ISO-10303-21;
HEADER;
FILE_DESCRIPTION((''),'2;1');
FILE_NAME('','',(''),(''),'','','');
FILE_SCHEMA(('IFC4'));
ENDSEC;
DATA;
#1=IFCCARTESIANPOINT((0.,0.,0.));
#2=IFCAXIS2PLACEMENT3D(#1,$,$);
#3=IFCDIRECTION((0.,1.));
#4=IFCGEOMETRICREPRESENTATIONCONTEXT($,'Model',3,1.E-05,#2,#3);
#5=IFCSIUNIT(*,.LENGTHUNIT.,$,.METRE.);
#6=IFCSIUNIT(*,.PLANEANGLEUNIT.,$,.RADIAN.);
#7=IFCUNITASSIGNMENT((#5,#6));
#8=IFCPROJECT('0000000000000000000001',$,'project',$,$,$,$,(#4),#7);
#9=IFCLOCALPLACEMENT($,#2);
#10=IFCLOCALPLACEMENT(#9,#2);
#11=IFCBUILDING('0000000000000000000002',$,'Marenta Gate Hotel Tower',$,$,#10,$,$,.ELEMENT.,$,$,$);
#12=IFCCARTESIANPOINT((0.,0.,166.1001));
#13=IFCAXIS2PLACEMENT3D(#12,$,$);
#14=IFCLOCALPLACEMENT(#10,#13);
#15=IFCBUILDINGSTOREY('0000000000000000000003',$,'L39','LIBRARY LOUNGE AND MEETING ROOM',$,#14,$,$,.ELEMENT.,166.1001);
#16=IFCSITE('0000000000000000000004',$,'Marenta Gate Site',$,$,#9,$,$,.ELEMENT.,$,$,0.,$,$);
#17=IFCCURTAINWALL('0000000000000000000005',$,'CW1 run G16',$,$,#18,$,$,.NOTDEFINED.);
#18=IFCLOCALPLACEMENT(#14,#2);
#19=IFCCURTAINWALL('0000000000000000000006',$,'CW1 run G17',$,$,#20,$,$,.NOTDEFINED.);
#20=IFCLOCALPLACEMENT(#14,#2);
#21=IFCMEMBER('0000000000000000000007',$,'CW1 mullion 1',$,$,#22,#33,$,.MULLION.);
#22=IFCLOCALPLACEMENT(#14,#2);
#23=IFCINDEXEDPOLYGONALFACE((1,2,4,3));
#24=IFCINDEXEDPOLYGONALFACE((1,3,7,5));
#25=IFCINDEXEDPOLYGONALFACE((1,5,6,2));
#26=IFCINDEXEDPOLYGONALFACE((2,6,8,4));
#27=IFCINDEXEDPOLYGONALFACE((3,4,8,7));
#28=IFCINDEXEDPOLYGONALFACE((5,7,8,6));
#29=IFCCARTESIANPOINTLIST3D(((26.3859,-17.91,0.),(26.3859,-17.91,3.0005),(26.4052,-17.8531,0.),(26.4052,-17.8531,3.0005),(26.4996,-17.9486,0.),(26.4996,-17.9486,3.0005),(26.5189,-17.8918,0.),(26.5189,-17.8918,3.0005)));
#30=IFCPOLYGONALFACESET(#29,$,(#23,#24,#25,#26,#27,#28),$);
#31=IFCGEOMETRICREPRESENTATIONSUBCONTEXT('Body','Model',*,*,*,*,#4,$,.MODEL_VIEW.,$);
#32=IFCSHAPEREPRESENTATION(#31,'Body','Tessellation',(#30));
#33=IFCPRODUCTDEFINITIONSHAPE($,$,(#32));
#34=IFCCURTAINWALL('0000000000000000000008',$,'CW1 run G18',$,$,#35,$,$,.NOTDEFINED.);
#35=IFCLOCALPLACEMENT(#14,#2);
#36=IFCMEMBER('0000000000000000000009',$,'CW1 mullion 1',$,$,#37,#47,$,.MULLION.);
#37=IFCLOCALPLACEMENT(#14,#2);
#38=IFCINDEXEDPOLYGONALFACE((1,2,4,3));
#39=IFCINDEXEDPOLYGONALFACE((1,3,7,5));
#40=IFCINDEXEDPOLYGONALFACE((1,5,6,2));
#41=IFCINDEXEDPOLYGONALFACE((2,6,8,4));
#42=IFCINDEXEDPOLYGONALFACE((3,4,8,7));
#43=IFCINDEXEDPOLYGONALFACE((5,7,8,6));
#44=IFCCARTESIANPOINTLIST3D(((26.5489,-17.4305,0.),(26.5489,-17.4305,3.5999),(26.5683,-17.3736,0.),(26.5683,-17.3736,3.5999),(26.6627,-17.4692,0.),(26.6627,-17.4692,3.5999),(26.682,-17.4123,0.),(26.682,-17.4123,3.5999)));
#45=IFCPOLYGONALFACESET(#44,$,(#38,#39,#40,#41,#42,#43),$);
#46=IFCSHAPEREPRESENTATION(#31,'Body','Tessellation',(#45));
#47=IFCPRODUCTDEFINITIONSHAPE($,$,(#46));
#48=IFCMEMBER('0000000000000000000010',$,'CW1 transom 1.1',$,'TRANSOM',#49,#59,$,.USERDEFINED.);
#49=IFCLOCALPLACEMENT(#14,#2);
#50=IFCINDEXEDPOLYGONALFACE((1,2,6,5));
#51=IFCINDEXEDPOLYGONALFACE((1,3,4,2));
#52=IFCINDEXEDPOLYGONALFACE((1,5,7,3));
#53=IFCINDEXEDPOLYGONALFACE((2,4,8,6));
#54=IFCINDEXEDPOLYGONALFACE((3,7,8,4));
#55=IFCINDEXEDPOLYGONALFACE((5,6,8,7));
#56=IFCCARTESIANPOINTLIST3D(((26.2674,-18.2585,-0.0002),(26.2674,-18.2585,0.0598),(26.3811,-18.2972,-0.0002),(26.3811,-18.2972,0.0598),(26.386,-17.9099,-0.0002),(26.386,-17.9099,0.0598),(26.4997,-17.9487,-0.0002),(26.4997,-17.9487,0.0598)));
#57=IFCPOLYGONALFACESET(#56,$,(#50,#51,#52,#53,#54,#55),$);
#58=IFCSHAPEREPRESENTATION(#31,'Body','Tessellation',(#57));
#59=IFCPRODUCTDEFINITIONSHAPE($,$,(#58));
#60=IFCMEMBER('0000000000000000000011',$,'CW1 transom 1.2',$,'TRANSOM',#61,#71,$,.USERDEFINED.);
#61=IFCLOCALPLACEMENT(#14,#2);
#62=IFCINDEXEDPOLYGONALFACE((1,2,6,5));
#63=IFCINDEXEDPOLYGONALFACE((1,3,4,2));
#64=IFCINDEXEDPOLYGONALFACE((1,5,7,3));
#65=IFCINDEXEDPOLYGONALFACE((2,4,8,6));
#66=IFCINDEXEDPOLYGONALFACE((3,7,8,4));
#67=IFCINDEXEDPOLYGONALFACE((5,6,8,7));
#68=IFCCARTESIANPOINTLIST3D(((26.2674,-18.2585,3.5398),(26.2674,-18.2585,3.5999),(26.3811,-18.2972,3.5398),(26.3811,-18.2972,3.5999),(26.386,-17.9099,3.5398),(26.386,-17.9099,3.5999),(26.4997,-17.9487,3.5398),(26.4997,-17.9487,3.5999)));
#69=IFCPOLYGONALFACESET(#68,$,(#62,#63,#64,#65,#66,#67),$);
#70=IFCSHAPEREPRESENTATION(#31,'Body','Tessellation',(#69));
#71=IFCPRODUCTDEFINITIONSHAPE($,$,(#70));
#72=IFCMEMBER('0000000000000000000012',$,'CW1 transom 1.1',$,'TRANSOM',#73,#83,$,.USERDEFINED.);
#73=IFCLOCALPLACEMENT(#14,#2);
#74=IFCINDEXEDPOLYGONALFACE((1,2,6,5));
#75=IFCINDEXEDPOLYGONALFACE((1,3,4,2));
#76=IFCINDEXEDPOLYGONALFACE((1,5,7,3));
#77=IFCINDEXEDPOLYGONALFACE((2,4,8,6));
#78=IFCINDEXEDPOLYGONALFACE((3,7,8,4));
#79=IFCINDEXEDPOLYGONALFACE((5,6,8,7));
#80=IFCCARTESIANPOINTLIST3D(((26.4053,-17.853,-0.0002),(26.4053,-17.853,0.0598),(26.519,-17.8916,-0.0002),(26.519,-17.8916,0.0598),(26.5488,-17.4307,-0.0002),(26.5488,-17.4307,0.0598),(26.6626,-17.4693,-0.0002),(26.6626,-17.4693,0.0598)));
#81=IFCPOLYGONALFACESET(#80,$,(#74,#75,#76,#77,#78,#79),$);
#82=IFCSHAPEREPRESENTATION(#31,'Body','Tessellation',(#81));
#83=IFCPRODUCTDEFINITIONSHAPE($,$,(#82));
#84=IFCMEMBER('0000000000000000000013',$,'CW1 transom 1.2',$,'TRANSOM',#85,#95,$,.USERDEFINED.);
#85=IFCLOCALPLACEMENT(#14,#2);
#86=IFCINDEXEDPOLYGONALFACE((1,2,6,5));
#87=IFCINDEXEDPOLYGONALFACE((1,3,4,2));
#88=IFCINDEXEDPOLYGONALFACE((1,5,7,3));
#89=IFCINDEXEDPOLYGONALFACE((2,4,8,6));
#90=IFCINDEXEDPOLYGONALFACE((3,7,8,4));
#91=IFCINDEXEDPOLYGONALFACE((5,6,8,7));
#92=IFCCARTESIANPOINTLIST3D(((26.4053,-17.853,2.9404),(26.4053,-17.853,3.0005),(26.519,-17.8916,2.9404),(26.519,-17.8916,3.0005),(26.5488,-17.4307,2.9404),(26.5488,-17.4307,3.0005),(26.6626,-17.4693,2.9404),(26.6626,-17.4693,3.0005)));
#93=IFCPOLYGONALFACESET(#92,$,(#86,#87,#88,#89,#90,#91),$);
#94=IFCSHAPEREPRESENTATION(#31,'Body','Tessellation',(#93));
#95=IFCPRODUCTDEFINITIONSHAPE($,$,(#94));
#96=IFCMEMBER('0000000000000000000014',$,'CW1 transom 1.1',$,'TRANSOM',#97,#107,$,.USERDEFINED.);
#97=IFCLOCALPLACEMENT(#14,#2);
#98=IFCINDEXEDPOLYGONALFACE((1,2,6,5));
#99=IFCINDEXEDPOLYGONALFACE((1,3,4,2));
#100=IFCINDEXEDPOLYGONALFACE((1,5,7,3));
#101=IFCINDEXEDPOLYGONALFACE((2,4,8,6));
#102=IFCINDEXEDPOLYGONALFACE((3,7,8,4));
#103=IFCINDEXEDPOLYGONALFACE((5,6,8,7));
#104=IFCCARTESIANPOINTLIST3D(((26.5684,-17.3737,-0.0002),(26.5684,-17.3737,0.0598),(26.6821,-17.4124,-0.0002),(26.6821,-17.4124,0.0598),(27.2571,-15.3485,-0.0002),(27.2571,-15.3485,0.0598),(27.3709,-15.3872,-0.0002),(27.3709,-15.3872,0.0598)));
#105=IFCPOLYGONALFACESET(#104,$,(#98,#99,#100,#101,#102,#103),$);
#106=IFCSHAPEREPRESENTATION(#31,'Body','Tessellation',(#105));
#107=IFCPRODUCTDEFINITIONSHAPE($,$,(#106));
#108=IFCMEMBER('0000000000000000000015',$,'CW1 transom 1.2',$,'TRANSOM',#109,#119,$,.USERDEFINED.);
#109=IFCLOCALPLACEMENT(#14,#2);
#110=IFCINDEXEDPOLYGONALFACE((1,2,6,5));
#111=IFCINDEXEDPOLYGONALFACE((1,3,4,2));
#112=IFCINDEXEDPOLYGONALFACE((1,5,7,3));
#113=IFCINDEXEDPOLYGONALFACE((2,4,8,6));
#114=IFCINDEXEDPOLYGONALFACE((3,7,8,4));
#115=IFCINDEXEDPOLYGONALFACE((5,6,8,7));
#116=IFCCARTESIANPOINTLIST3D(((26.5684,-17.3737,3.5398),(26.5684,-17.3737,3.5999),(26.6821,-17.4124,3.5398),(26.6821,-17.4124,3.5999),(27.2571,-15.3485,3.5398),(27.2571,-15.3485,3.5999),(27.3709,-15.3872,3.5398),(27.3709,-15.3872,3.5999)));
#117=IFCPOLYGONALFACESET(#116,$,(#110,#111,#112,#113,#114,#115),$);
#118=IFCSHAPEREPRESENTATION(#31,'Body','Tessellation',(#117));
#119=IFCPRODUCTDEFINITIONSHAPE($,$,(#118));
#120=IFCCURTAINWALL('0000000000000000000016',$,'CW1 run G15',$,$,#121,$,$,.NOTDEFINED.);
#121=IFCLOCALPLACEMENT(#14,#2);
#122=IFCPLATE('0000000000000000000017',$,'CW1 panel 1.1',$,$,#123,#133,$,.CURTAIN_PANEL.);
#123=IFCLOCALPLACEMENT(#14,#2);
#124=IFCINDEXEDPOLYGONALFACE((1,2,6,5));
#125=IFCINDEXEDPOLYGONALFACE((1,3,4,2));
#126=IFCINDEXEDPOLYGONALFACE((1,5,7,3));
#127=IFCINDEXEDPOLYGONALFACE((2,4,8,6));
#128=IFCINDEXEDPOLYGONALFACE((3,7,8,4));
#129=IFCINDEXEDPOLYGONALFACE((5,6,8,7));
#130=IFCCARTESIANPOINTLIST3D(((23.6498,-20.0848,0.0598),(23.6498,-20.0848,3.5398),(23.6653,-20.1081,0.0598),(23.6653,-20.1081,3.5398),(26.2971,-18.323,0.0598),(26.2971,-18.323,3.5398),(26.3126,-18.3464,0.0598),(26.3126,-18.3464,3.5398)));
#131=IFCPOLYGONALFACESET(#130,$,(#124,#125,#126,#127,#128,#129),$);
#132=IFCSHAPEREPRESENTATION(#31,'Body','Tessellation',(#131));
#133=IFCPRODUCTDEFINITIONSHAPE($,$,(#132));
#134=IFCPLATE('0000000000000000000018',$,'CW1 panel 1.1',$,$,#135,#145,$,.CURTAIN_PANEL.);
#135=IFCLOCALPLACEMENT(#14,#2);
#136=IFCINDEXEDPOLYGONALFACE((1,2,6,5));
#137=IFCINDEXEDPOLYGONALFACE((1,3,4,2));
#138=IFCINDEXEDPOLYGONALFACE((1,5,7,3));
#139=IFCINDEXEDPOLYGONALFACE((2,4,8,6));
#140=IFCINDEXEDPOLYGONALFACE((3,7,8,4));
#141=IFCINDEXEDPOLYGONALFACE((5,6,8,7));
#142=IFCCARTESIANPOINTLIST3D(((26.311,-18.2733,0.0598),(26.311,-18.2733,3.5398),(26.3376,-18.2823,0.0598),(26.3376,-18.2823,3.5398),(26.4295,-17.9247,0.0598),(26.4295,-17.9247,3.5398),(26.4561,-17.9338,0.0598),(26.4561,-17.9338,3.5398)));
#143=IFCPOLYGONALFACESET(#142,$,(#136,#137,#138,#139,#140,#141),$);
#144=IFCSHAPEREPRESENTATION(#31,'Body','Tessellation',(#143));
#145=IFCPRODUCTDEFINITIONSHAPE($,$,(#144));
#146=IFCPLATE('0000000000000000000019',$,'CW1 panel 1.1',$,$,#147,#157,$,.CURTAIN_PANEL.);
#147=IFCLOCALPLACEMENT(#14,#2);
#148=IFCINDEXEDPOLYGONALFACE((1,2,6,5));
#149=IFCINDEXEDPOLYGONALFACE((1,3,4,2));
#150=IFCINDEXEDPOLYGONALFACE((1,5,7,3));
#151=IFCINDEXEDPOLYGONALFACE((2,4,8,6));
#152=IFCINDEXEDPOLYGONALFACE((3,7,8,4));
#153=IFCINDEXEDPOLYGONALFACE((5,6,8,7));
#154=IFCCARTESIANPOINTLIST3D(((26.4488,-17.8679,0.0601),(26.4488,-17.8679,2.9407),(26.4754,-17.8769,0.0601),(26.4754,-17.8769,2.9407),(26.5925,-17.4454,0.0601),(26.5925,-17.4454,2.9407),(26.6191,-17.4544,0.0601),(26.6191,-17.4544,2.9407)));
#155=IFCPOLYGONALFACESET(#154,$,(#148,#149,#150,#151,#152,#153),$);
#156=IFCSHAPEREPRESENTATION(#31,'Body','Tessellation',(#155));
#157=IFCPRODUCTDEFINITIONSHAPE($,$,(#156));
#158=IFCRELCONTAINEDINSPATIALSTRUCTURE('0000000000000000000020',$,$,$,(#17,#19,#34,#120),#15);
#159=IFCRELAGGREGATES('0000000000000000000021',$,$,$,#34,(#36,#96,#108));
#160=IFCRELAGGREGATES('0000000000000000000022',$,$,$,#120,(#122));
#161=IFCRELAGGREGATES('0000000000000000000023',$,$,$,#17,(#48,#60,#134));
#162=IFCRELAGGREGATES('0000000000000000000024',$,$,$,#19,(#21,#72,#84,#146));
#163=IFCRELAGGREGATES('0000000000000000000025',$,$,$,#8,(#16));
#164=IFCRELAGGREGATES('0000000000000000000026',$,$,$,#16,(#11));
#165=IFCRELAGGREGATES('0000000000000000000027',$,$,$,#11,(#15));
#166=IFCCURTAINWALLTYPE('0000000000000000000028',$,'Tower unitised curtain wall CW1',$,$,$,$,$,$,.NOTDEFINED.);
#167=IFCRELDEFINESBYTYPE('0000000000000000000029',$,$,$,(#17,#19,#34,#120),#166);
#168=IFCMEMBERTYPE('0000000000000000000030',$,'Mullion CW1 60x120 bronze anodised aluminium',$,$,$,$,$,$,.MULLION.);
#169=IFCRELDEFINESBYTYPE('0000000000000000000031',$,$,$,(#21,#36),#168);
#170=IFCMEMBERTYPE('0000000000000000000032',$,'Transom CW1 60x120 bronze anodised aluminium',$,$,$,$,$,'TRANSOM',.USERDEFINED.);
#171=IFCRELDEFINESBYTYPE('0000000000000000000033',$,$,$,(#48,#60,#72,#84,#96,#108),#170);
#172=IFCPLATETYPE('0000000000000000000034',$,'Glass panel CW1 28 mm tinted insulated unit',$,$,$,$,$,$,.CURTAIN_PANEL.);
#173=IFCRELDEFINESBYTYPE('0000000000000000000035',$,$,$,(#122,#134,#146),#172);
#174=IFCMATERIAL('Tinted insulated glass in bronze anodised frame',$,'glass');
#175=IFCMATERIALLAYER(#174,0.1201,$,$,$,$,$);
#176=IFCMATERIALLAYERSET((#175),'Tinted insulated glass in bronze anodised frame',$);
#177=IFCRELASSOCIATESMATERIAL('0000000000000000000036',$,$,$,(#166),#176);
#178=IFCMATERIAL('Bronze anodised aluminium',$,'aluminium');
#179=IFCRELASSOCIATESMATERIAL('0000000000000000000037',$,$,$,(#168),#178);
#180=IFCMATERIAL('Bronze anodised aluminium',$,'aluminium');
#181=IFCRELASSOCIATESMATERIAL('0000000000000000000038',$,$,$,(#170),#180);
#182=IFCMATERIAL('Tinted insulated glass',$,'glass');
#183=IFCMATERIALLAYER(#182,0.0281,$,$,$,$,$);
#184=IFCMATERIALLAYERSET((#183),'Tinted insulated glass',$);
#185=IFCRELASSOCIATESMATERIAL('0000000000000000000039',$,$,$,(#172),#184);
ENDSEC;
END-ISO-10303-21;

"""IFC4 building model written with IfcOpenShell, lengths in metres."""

from ifc_helpers import new_model, si_unit, direction, frame, origin, origin_2d, place, context, subcontext, project, spatial, rectangle, extrude, material, layer, layer_set, material_profile, profile_set, type_object, element, aggregate, save


model = new_model("IFC4")

# Units and contexts
model_context = context("Model", 3, precision=1e-05, world=origin(), true_north=direction((0.0, 1.0)))
body_context = subcontext(model_context, "Body", "Model", "MODEL_VIEW")
ifc_project = project(units=[si_unit("LENGTHUNIT", "METRE"), si_unit("PLANEANGLEUNIT", "RADIAN")], contexts=[model_context])

# Site, building, storey
site_placement = place(None, origin())
site = spatial("IfcSite", under=ifc_project, at=site_placement, Name="Marenta Gate Site", CompositionType="ELEMENT", RefElevation=0.0)
building_placement = place(site_placement, origin())
building = spatial("IfcBuilding", under=site, at=building_placement, Name="Marenta Gate Hotel Tower", CompositionType="ELEMENT")
storey_placement = place(building_placement, frame((0.0, 0.0, 166.1001)))
storey = spatial("IfcBuildingStorey", under=building, at=storey_placement, Name="L39", Description="LIBRARY LOUNGE AND MEETING ROOM", CompositionType="ELEMENT", Elevation=166.1001)

# Curtain walls, members
ifc_material_1 = material(Name="Tinted insulated glass in bronze anodised frame", Category="glass")
ifc_layer_1 = layer(ifc_material_1, 0.1201)
ifc_layer_set_1 = layer_set([ifc_layer_1], Name="Tinted insulated glass in bronze anodised frame")
curtain_wall_type = type_object("IfcCurtainWallType", Name="Tower unitised curtain wall CW1", PredefinedType="NOTDEFINED", material=ifc_layer_set_1)
curtain_wall_1_placement = place(storey_placement, origin())
curtain_wall_1 = element("IfcCurtainWall", 1, at=curtain_wall_1_placement, inside=storey, type_object=curtain_wall_type, Name="CW1 run G16", PredefinedType="NOTDEFINED")
ifc_material_2 = material(Name="Bronze anodised aluminium", Category="aluminium")
ifc_material_profile_1 = material_profile(ifc_material_2, rectangle(XDim=0.1201, YDim=0.0601, at=origin_2d()), Name="Mullion CW1 60x120 bronze anodised aluminium")
ifc_profile_set_1 = profile_set([ifc_material_profile_1], Name="Bronze anodised aluminium")
member_type_1 = type_object("IfcMemberType", Name="Mullion CW1 60x120 bronze anodised aluminium", PredefinedType="MULLION", material=ifc_profile_set_1)
curtain_wall_2_placement = place(storey_placement, origin())
curtain_wall_2 = element("IfcCurtainWall", 2, at=curtain_wall_2_placement, inside=storey, type_object=curtain_wall_type, Name="CW1 run G17", PredefinedType="NOTDEFINED")
member_1_placement = place(storey_placement, frame((26.4524, -17.9009, 0.0), z_axis=(0.0, 0.0, 1.0), x_axis=(-0.94675, 0.32197, 0.0)))
member_1 = element("IfcMember", 3, at=member_1_placement, type_object=member_type_1, Name="CW1 mullion 1", PredefinedType="MULLION", context=body_context, shape_type="SweptSolid", body=[
    extrude(rectangle(XDim=0.1201, YDim=0.0601, at=origin_2d()), origin(), (0.0, 0.0, 1.0), 3.0005),
])
curtain_wall_3_placement = place(storey_placement, origin())
curtain_wall_3 = element("IfcCurtainWall", 4, at=curtain_wall_3_placement, inside=storey, type_object=curtain_wall_type, Name="CW1 run G18", PredefinedType="NOTDEFINED")
member_2_placement = place(storey_placement, frame((26.6155, -17.4214, 0.0), z_axis=(0.0, 0.0, 1.0), x_axis=(-0.946724, 0.322047, 0.0)))
member_2 = element("IfcMember", 5, at=member_2_placement, type_object=member_type_1, Name="CW1 mullion 1", PredefinedType="MULLION", context=body_context, shape_type="SweptSolid", body=[
    extrude(rectangle(XDim=0.1201, YDim=0.0601, at=origin_2d()), origin(), (0.0, 0.0, 1.0), 3.5999),
])

# Members
ifc_material_3 = material(Name="Bronze anodised aluminium", Category="aluminium")
ifc_material_profile_2 = material_profile(ifc_material_3, rectangle(XDim=0.1201, YDim=0.0601, at=origin_2d()), Name="Transom CW1 60x120 bronze anodised aluminium")
ifc_profile_set_2 = profile_set([ifc_material_profile_2], Name="Bronze anodised aluminium")
member_type_2 = type_object("IfcMemberType", Name="Transom CW1 60x120 bronze anodised aluminium", ElementType="TRANSOM", PredefinedType="USERDEFINED", material=ifc_profile_set_2)
member_3_placement = place(storey_placement, frame((26.3242, -18.2778, 0.0298), z_axis=(0.322188, 0.946676, 0.0), x_axis=(-0.946676, 0.322188, 0.0)))
member_3 = element("IfcMember", 6, at=member_3_placement, type_object=member_type_2, Name="CW1 transom 1.1", ObjectType="TRANSOM", PredefinedType="USERDEFINED", context=body_context, shape_type="SweptSolid", body=[
    extrude(rectangle(XDim=0.1201, YDim=0.0601, at=origin_2d()), origin(), (0.0, 0.0, 1.0), 0.3682),
])
member_4_placement = place(storey_placement, frame((26.3242, -18.2778, 3.5698), z_axis=(0.322188, 0.946676, 0.0), x_axis=(-0.946676, 0.322188, 0.0)))
member_4 = element("IfcMember", 7, at=member_4_placement, type_object=member_type_2, Name="CW1 transom 1.2", ObjectType="TRANSOM", PredefinedType="USERDEFINED", context=body_context, shape_type="SweptSolid", body=[
    extrude(rectangle(XDim=0.1201, YDim=0.0601, at=origin_2d()), origin(), (0.0, 0.0, 1.0), 0.3682),
])
member_5_placement = place(storey_placement, frame((26.4622, -17.8723, 0.0298), z_axis=(0.321805, 0.946806, 0.0), x_axis=(-0.946806, 0.321805, 0.0)))
member_5 = element("IfcMember", 8, at=member_5_placement, type_object=member_type_2, Name="CW1 transom 1.1", ObjectType="TRANSOM", PredefinedType="USERDEFINED", context=body_context, shape_type="SweptSolid", body=[
    extrude(rectangle(XDim=0.1201, YDim=0.0601, at=origin_2d()), origin(), (0.0, 0.0, 1.0), 0.446),
])
member_6_placement = place(storey_placement, frame((26.4622, -17.8723, 2.9705), z_axis=(0.321805, 0.946806, 0.0), x_axis=(-0.946806, 0.321805, 0.0)))
member_6 = element("IfcMember", 9, at=member_6_placement, type_object=member_type_2, Name="CW1 transom 1.2", ObjectType="TRANSOM", PredefinedType="USERDEFINED", context=body_context, shape_type="SweptSolid", body=[
    extrude(rectangle(XDim=0.1201, YDim=0.0601, at=origin_2d()), origin(), (0.0, 0.0, 1.0), 0.446),
])
member_7_placement = place(storey_placement, frame((26.6252, -17.3931, 0.0298), z_axis=(0.321974, 0.946748, 0.0), x_axis=(-0.946748, 0.321974, 0.0)))
member_7 = element("IfcMember", 10, at=member_7_placement, type_object=member_type_2, Name="CW1 transom 1.1", ObjectType="TRANSOM", PredefinedType="USERDEFINED", context=body_context, shape_type="SweptSolid", body=[
    extrude(rectangle(XDim=0.1201, YDim=0.0601, at=origin_2d()), origin(), (0.0, 0.0, 1.0), 2.1392),
])
member_8_placement = place(storey_placement, frame((26.6252, -17.3931, 3.5698), z_axis=(0.321974, 0.946748, 0.0), x_axis=(-0.946748, 0.321974, 0.0)))
member_8 = element("IfcMember", 11, at=member_8_placement, type_object=member_type_2, Name="CW1 transom 1.2", ObjectType="TRANSOM", PredefinedType="USERDEFINED", context=body_context, shape_type="SweptSolid", body=[
    extrude(rectangle(XDim=0.1201, YDim=0.0601, at=origin_2d()), origin(), (0.0, 0.0, 1.0), 2.1392),
])
aggregate(curtain_wall_3, [member_2, member_7, member_8])

# Curtain wall, plate
curtain_wall_4_placement = place(storey_placement, origin())
curtain_wall_4 = element("IfcCurtainWall", 12, at=curtain_wall_4_placement, inside=storey, type_object=curtain_wall_type, Name="CW1 run G15", PredefinedType="NOTDEFINED")
ifc_material_4 = material(Name="Tinted insulated glass", Category="glass")
ifc_layer_2 = layer(ifc_material_4, 0.0281)
ifc_layer_set_2 = layer_set([ifc_layer_2], Name="Tinted insulated glass")
plate_type = type_object("IfcPlateType", Name="Glass panel CW1 28 mm tinted insulated unit", PredefinedType="CURTAIN_PANEL", material=ifc_layer_set_2)
plate_1_placement = place(storey_placement, frame((24.9812, -19.2156, 0.0598), z_axis=(0.0, 0.0, 1.0), x_axis=(0.832506, 0.554016, 0.0)))
plate_1 = element("IfcPlate", 13, at=plate_1_placement, type_object=plate_type, Name="CW1 panel 1.1", PredefinedType="CURTAIN_PANEL", context=body_context, shape_type="SweptSolid", body=[
    extrude(rectangle(XDim=3.1799, YDim=0.0281, at=origin_2d()), origin(), (0.0, 0.0, 1.0), 3.48),
])
aggregate(curtain_wall_4, [plate_1])

# Plates
plate_2_placement = place(storey_placement, frame((26.3835, -18.1035, 0.0598), z_axis=(0.0, 0.0, 1.0), x_axis=(0.322037, 0.946727, 0.0)))
plate_2 = element("IfcPlate", 14, at=plate_2_placement, type_object=plate_type, Name="CW1 panel 1.1", PredefinedType="CURTAIN_PANEL", context=body_context, shape_type="SweptSolid", body=[
    extrude(rectangle(XDim=0.3682, YDim=0.0281, at=origin_2d()), origin(), (0.0, 0.0, 1.0), 3.48),
])
aggregate(curtain_wall_1, [member_3, member_4, plate_2])
plate_3_placement = place(storey_placement, frame((26.5339, -17.6611, 0.0601), z_axis=(0.0, 0.0, 1.0), x_axis=(0.32197, 0.94675, 0.0)))
plate_3 = element("IfcPlate", 15, at=plate_3_placement, type_object=plate_type, Name="CW1 panel 1.1", PredefinedType="CURTAIN_PANEL", context=body_context, shape_type="SweptSolid", body=[
    extrude(rectangle(XDim=0.4463, YDim=0.0281, at=origin_2d()), origin(), (0.0, 0.0, 1.0), 2.8806),
])
aggregate(curtain_wall_2, [member_1, member_5, member_6, plate_3])

save(model, "model.ifc")
